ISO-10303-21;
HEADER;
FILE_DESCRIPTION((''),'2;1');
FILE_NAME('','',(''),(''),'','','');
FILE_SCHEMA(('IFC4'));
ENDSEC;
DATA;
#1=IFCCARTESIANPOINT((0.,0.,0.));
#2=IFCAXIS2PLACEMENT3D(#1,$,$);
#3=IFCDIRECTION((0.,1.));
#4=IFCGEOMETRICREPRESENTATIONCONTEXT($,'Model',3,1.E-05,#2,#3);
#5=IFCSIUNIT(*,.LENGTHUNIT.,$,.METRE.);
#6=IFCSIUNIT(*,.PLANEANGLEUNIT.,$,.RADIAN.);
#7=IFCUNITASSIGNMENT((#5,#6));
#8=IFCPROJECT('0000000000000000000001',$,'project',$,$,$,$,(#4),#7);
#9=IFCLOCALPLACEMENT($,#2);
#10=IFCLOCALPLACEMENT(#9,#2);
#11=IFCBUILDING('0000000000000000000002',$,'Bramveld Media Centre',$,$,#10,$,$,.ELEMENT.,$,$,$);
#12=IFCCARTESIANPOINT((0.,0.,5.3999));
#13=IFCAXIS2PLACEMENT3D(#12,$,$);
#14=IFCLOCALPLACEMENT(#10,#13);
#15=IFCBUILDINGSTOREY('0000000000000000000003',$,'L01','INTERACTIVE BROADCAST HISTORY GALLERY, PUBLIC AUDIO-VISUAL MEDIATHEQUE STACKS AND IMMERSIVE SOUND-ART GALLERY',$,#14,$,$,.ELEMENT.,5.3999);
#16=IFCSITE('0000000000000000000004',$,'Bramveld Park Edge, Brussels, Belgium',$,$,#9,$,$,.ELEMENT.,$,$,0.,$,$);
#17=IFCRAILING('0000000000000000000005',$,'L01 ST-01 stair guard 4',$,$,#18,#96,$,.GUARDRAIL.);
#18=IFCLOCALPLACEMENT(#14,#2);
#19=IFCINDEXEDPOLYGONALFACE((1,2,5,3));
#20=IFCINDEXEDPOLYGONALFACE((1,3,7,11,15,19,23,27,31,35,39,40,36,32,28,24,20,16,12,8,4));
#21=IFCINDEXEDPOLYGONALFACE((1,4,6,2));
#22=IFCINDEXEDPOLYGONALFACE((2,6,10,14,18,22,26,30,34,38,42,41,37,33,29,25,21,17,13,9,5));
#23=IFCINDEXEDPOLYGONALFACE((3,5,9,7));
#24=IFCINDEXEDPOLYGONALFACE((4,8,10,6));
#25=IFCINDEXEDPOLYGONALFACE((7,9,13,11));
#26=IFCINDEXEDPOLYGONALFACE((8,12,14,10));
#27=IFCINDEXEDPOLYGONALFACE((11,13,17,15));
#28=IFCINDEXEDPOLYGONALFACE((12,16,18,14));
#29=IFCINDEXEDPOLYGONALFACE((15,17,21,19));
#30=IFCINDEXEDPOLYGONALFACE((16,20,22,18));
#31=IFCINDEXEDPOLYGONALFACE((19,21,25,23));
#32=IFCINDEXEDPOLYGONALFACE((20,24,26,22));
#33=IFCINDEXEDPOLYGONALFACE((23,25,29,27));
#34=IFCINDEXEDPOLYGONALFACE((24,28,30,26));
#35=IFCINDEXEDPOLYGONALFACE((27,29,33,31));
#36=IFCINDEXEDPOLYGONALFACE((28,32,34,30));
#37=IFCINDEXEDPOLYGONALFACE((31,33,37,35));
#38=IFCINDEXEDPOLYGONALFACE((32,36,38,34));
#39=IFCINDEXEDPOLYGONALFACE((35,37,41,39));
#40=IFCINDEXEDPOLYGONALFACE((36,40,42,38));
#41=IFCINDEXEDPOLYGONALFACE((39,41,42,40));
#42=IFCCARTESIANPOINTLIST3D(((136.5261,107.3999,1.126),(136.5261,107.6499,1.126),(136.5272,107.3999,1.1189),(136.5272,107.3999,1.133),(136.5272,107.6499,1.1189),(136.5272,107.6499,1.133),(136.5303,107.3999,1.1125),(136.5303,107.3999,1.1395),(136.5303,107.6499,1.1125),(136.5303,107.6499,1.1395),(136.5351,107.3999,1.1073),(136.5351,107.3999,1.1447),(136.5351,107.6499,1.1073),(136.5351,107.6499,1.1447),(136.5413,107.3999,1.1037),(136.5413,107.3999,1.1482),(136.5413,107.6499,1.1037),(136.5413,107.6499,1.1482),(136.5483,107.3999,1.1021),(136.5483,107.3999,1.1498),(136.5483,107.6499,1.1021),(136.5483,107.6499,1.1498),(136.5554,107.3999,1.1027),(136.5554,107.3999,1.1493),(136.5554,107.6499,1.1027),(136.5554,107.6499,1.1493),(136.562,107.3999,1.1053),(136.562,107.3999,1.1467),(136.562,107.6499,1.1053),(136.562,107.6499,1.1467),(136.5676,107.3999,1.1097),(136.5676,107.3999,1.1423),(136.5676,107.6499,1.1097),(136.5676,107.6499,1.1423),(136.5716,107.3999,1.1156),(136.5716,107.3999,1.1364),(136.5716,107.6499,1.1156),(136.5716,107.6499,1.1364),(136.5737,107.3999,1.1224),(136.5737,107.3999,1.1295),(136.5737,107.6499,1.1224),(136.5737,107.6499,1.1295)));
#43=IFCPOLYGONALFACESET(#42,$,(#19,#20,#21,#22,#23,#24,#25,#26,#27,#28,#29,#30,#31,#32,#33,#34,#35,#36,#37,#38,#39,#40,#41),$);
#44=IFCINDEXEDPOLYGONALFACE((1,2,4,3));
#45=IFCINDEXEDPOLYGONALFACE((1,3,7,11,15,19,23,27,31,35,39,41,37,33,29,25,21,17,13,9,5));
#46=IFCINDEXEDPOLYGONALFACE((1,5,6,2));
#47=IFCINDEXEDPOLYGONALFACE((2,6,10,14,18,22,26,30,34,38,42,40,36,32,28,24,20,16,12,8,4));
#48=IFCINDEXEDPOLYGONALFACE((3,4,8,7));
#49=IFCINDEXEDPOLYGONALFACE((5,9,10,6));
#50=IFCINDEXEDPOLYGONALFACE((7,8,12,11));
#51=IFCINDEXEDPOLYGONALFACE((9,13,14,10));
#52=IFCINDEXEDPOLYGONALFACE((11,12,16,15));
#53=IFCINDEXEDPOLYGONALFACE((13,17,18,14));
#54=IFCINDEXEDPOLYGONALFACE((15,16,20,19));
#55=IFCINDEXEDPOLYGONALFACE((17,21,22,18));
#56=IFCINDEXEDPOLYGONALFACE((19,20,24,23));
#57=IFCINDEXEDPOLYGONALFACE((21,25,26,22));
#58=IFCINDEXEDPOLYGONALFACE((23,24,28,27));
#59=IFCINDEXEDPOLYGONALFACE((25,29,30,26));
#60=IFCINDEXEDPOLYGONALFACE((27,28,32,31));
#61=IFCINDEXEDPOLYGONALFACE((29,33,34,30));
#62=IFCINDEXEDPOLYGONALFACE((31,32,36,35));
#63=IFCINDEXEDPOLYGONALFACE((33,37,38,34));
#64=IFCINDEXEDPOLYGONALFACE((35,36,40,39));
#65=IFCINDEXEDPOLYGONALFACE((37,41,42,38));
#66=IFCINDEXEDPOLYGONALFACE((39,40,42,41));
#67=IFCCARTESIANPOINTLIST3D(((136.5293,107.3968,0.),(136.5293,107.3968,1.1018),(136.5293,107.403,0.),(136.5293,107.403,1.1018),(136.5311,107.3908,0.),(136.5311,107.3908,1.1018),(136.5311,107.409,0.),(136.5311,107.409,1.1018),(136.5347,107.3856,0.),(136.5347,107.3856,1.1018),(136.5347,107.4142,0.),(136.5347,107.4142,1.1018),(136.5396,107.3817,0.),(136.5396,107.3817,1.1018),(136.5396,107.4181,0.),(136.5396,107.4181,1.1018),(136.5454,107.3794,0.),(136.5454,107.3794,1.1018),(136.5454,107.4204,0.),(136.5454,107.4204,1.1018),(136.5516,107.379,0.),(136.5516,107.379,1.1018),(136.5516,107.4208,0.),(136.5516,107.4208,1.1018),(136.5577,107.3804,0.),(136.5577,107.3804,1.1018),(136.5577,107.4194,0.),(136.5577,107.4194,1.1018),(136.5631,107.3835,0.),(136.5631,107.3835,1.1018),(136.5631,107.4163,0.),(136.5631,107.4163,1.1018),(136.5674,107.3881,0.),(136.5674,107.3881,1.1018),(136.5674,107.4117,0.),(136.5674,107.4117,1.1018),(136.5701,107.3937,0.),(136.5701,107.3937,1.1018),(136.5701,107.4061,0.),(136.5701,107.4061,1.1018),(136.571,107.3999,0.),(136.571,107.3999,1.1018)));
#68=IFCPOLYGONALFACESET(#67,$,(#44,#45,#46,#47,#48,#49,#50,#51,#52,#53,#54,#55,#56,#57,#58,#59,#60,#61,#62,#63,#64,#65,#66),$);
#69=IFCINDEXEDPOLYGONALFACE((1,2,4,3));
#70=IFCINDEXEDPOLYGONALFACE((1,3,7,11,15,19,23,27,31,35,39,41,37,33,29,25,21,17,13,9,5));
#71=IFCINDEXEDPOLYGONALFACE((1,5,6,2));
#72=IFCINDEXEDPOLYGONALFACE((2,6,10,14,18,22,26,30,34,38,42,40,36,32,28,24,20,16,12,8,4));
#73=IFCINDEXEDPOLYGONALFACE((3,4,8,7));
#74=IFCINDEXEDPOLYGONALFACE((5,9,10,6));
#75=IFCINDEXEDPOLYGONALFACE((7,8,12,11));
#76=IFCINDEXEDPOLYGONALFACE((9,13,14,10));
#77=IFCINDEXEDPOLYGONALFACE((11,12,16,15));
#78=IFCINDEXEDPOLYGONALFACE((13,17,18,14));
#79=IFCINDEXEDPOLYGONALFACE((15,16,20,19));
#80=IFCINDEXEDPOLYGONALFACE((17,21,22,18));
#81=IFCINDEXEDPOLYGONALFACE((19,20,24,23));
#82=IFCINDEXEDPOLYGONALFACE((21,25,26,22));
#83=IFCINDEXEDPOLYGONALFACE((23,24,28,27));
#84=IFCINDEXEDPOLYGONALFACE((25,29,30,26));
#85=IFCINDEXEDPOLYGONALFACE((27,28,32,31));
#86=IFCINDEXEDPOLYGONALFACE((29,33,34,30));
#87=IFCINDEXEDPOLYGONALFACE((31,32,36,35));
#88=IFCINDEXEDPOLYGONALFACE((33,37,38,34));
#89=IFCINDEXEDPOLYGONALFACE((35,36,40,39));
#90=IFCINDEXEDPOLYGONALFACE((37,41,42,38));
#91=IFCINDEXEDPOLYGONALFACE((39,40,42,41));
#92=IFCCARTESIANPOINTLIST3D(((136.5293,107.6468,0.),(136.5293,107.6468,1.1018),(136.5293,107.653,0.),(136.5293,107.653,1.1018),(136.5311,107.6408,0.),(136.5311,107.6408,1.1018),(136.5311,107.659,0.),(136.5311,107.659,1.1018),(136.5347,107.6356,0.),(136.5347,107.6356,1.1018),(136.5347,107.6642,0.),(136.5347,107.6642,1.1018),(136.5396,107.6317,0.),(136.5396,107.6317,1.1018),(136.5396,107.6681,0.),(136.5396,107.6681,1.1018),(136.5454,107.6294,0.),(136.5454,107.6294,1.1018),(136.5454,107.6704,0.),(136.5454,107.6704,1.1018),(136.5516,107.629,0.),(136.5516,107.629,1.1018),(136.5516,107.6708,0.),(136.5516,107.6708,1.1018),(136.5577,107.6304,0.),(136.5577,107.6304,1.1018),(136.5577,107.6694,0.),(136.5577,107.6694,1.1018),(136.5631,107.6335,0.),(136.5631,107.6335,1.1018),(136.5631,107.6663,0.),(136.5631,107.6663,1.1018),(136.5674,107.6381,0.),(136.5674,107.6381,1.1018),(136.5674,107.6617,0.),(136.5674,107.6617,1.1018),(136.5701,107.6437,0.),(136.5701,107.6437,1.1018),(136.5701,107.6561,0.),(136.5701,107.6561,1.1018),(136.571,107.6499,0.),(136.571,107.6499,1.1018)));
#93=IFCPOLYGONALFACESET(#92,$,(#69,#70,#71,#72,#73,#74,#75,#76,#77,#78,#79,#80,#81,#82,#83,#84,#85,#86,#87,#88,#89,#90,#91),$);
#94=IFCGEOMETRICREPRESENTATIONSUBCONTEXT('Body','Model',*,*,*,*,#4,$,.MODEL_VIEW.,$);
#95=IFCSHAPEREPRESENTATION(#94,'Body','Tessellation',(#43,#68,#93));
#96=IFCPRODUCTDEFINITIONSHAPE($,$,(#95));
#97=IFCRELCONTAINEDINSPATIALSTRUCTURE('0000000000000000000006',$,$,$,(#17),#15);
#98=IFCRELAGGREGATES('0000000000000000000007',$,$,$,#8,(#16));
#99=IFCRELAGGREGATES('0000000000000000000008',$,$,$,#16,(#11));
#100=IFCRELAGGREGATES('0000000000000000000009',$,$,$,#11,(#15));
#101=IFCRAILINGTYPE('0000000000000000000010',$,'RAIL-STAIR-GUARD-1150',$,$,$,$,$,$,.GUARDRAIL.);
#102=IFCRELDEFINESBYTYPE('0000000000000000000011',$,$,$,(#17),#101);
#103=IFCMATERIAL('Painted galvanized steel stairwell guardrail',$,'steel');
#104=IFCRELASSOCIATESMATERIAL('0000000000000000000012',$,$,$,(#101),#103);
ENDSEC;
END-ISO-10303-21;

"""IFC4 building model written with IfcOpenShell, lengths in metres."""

from ifc_helpers import new_model, si_unit, direction, frame, origin, origin_2d, place, context, subcontext, project, spatial, circle, extrude, material, type_object, element, save


model = new_model("IFC4")

# Units and contexts
model_context = context("Model", 3, precision=1e-05, world=origin(), true_north=direction((0.0, 1.0)))
body_context = subcontext(model_context, "Body", "Model", "MODEL_VIEW")
ifc_project = project(units=[si_unit("LENGTHUNIT", "METRE"), si_unit("PLANEANGLEUNIT", "RADIAN")], contexts=[model_context])

# Site, building, storey
site_placement = place(None, origin())
site = spatial("IfcSite", under=ifc_project, at=site_placement, Name="Bramveld Park Edge, Brussels, Belgium", CompositionType="ELEMENT", RefElevation=0.0)
building_placement = place(site_placement, origin())
building = spatial("IfcBuilding", under=site, at=building_placement, Name="Bramveld Media Centre", CompositionType="ELEMENT")
storey_placement = place(building_placement, frame((0.0, 0.0, 5.3999)))
storey = spatial("IfcBuildingStorey", under=building, at=storey_placement, Name="L01", Description="INTERACTIVE BROADCAST HISTORY GALLERY, PUBLIC AUDIO-VISUAL MEDIATHEQUE STACKS AND IMMERSIVE SOUND-ART GALLERY", CompositionType="ELEMENT", Elevation=5.3999)

# Railing
ifc_material_1 = material(Name="Painted galvanized steel stairwell guardrail", Category="steel")
railing_type_1 = type_object("IfcRailingType", Name="RAIL-STAIR-GUARD-1150", PredefinedType="GUARDRAIL", material=ifc_material_1)
railing_1_placement = place(storey_placement, frame((136.55, 107.3999, 0.0)))
element("IfcRailing", 1, at=railing_1_placement, inside=storey, type_object=railing_type_1, Name="L01 ST-01 stair guard 4", PredefinedType="GUARDRAIL", context=body_context, shape_type="SweptSolid", body=[
    extrude(circle(Radius=0.0239, at=origin_2d()), frame((0.0, 0.0, 1.126), z_axis=(0.0, 1.0, 0.0), x_axis=(-1.0, 0.0, 0.0)), (0.0, 0.0, 1.0), 0.25),
    extrude(circle(Radius=0.021, at=origin_2d()), origin(), (0.0, 0.0, 1.0), 1.1018),
    extrude(circle(Radius=0.021, at=origin_2d()), frame((0.0, 0.25, 0.0)), (0.0, 0.0, 1.0), 1.1018),
])

save(model, "model.ifc")
